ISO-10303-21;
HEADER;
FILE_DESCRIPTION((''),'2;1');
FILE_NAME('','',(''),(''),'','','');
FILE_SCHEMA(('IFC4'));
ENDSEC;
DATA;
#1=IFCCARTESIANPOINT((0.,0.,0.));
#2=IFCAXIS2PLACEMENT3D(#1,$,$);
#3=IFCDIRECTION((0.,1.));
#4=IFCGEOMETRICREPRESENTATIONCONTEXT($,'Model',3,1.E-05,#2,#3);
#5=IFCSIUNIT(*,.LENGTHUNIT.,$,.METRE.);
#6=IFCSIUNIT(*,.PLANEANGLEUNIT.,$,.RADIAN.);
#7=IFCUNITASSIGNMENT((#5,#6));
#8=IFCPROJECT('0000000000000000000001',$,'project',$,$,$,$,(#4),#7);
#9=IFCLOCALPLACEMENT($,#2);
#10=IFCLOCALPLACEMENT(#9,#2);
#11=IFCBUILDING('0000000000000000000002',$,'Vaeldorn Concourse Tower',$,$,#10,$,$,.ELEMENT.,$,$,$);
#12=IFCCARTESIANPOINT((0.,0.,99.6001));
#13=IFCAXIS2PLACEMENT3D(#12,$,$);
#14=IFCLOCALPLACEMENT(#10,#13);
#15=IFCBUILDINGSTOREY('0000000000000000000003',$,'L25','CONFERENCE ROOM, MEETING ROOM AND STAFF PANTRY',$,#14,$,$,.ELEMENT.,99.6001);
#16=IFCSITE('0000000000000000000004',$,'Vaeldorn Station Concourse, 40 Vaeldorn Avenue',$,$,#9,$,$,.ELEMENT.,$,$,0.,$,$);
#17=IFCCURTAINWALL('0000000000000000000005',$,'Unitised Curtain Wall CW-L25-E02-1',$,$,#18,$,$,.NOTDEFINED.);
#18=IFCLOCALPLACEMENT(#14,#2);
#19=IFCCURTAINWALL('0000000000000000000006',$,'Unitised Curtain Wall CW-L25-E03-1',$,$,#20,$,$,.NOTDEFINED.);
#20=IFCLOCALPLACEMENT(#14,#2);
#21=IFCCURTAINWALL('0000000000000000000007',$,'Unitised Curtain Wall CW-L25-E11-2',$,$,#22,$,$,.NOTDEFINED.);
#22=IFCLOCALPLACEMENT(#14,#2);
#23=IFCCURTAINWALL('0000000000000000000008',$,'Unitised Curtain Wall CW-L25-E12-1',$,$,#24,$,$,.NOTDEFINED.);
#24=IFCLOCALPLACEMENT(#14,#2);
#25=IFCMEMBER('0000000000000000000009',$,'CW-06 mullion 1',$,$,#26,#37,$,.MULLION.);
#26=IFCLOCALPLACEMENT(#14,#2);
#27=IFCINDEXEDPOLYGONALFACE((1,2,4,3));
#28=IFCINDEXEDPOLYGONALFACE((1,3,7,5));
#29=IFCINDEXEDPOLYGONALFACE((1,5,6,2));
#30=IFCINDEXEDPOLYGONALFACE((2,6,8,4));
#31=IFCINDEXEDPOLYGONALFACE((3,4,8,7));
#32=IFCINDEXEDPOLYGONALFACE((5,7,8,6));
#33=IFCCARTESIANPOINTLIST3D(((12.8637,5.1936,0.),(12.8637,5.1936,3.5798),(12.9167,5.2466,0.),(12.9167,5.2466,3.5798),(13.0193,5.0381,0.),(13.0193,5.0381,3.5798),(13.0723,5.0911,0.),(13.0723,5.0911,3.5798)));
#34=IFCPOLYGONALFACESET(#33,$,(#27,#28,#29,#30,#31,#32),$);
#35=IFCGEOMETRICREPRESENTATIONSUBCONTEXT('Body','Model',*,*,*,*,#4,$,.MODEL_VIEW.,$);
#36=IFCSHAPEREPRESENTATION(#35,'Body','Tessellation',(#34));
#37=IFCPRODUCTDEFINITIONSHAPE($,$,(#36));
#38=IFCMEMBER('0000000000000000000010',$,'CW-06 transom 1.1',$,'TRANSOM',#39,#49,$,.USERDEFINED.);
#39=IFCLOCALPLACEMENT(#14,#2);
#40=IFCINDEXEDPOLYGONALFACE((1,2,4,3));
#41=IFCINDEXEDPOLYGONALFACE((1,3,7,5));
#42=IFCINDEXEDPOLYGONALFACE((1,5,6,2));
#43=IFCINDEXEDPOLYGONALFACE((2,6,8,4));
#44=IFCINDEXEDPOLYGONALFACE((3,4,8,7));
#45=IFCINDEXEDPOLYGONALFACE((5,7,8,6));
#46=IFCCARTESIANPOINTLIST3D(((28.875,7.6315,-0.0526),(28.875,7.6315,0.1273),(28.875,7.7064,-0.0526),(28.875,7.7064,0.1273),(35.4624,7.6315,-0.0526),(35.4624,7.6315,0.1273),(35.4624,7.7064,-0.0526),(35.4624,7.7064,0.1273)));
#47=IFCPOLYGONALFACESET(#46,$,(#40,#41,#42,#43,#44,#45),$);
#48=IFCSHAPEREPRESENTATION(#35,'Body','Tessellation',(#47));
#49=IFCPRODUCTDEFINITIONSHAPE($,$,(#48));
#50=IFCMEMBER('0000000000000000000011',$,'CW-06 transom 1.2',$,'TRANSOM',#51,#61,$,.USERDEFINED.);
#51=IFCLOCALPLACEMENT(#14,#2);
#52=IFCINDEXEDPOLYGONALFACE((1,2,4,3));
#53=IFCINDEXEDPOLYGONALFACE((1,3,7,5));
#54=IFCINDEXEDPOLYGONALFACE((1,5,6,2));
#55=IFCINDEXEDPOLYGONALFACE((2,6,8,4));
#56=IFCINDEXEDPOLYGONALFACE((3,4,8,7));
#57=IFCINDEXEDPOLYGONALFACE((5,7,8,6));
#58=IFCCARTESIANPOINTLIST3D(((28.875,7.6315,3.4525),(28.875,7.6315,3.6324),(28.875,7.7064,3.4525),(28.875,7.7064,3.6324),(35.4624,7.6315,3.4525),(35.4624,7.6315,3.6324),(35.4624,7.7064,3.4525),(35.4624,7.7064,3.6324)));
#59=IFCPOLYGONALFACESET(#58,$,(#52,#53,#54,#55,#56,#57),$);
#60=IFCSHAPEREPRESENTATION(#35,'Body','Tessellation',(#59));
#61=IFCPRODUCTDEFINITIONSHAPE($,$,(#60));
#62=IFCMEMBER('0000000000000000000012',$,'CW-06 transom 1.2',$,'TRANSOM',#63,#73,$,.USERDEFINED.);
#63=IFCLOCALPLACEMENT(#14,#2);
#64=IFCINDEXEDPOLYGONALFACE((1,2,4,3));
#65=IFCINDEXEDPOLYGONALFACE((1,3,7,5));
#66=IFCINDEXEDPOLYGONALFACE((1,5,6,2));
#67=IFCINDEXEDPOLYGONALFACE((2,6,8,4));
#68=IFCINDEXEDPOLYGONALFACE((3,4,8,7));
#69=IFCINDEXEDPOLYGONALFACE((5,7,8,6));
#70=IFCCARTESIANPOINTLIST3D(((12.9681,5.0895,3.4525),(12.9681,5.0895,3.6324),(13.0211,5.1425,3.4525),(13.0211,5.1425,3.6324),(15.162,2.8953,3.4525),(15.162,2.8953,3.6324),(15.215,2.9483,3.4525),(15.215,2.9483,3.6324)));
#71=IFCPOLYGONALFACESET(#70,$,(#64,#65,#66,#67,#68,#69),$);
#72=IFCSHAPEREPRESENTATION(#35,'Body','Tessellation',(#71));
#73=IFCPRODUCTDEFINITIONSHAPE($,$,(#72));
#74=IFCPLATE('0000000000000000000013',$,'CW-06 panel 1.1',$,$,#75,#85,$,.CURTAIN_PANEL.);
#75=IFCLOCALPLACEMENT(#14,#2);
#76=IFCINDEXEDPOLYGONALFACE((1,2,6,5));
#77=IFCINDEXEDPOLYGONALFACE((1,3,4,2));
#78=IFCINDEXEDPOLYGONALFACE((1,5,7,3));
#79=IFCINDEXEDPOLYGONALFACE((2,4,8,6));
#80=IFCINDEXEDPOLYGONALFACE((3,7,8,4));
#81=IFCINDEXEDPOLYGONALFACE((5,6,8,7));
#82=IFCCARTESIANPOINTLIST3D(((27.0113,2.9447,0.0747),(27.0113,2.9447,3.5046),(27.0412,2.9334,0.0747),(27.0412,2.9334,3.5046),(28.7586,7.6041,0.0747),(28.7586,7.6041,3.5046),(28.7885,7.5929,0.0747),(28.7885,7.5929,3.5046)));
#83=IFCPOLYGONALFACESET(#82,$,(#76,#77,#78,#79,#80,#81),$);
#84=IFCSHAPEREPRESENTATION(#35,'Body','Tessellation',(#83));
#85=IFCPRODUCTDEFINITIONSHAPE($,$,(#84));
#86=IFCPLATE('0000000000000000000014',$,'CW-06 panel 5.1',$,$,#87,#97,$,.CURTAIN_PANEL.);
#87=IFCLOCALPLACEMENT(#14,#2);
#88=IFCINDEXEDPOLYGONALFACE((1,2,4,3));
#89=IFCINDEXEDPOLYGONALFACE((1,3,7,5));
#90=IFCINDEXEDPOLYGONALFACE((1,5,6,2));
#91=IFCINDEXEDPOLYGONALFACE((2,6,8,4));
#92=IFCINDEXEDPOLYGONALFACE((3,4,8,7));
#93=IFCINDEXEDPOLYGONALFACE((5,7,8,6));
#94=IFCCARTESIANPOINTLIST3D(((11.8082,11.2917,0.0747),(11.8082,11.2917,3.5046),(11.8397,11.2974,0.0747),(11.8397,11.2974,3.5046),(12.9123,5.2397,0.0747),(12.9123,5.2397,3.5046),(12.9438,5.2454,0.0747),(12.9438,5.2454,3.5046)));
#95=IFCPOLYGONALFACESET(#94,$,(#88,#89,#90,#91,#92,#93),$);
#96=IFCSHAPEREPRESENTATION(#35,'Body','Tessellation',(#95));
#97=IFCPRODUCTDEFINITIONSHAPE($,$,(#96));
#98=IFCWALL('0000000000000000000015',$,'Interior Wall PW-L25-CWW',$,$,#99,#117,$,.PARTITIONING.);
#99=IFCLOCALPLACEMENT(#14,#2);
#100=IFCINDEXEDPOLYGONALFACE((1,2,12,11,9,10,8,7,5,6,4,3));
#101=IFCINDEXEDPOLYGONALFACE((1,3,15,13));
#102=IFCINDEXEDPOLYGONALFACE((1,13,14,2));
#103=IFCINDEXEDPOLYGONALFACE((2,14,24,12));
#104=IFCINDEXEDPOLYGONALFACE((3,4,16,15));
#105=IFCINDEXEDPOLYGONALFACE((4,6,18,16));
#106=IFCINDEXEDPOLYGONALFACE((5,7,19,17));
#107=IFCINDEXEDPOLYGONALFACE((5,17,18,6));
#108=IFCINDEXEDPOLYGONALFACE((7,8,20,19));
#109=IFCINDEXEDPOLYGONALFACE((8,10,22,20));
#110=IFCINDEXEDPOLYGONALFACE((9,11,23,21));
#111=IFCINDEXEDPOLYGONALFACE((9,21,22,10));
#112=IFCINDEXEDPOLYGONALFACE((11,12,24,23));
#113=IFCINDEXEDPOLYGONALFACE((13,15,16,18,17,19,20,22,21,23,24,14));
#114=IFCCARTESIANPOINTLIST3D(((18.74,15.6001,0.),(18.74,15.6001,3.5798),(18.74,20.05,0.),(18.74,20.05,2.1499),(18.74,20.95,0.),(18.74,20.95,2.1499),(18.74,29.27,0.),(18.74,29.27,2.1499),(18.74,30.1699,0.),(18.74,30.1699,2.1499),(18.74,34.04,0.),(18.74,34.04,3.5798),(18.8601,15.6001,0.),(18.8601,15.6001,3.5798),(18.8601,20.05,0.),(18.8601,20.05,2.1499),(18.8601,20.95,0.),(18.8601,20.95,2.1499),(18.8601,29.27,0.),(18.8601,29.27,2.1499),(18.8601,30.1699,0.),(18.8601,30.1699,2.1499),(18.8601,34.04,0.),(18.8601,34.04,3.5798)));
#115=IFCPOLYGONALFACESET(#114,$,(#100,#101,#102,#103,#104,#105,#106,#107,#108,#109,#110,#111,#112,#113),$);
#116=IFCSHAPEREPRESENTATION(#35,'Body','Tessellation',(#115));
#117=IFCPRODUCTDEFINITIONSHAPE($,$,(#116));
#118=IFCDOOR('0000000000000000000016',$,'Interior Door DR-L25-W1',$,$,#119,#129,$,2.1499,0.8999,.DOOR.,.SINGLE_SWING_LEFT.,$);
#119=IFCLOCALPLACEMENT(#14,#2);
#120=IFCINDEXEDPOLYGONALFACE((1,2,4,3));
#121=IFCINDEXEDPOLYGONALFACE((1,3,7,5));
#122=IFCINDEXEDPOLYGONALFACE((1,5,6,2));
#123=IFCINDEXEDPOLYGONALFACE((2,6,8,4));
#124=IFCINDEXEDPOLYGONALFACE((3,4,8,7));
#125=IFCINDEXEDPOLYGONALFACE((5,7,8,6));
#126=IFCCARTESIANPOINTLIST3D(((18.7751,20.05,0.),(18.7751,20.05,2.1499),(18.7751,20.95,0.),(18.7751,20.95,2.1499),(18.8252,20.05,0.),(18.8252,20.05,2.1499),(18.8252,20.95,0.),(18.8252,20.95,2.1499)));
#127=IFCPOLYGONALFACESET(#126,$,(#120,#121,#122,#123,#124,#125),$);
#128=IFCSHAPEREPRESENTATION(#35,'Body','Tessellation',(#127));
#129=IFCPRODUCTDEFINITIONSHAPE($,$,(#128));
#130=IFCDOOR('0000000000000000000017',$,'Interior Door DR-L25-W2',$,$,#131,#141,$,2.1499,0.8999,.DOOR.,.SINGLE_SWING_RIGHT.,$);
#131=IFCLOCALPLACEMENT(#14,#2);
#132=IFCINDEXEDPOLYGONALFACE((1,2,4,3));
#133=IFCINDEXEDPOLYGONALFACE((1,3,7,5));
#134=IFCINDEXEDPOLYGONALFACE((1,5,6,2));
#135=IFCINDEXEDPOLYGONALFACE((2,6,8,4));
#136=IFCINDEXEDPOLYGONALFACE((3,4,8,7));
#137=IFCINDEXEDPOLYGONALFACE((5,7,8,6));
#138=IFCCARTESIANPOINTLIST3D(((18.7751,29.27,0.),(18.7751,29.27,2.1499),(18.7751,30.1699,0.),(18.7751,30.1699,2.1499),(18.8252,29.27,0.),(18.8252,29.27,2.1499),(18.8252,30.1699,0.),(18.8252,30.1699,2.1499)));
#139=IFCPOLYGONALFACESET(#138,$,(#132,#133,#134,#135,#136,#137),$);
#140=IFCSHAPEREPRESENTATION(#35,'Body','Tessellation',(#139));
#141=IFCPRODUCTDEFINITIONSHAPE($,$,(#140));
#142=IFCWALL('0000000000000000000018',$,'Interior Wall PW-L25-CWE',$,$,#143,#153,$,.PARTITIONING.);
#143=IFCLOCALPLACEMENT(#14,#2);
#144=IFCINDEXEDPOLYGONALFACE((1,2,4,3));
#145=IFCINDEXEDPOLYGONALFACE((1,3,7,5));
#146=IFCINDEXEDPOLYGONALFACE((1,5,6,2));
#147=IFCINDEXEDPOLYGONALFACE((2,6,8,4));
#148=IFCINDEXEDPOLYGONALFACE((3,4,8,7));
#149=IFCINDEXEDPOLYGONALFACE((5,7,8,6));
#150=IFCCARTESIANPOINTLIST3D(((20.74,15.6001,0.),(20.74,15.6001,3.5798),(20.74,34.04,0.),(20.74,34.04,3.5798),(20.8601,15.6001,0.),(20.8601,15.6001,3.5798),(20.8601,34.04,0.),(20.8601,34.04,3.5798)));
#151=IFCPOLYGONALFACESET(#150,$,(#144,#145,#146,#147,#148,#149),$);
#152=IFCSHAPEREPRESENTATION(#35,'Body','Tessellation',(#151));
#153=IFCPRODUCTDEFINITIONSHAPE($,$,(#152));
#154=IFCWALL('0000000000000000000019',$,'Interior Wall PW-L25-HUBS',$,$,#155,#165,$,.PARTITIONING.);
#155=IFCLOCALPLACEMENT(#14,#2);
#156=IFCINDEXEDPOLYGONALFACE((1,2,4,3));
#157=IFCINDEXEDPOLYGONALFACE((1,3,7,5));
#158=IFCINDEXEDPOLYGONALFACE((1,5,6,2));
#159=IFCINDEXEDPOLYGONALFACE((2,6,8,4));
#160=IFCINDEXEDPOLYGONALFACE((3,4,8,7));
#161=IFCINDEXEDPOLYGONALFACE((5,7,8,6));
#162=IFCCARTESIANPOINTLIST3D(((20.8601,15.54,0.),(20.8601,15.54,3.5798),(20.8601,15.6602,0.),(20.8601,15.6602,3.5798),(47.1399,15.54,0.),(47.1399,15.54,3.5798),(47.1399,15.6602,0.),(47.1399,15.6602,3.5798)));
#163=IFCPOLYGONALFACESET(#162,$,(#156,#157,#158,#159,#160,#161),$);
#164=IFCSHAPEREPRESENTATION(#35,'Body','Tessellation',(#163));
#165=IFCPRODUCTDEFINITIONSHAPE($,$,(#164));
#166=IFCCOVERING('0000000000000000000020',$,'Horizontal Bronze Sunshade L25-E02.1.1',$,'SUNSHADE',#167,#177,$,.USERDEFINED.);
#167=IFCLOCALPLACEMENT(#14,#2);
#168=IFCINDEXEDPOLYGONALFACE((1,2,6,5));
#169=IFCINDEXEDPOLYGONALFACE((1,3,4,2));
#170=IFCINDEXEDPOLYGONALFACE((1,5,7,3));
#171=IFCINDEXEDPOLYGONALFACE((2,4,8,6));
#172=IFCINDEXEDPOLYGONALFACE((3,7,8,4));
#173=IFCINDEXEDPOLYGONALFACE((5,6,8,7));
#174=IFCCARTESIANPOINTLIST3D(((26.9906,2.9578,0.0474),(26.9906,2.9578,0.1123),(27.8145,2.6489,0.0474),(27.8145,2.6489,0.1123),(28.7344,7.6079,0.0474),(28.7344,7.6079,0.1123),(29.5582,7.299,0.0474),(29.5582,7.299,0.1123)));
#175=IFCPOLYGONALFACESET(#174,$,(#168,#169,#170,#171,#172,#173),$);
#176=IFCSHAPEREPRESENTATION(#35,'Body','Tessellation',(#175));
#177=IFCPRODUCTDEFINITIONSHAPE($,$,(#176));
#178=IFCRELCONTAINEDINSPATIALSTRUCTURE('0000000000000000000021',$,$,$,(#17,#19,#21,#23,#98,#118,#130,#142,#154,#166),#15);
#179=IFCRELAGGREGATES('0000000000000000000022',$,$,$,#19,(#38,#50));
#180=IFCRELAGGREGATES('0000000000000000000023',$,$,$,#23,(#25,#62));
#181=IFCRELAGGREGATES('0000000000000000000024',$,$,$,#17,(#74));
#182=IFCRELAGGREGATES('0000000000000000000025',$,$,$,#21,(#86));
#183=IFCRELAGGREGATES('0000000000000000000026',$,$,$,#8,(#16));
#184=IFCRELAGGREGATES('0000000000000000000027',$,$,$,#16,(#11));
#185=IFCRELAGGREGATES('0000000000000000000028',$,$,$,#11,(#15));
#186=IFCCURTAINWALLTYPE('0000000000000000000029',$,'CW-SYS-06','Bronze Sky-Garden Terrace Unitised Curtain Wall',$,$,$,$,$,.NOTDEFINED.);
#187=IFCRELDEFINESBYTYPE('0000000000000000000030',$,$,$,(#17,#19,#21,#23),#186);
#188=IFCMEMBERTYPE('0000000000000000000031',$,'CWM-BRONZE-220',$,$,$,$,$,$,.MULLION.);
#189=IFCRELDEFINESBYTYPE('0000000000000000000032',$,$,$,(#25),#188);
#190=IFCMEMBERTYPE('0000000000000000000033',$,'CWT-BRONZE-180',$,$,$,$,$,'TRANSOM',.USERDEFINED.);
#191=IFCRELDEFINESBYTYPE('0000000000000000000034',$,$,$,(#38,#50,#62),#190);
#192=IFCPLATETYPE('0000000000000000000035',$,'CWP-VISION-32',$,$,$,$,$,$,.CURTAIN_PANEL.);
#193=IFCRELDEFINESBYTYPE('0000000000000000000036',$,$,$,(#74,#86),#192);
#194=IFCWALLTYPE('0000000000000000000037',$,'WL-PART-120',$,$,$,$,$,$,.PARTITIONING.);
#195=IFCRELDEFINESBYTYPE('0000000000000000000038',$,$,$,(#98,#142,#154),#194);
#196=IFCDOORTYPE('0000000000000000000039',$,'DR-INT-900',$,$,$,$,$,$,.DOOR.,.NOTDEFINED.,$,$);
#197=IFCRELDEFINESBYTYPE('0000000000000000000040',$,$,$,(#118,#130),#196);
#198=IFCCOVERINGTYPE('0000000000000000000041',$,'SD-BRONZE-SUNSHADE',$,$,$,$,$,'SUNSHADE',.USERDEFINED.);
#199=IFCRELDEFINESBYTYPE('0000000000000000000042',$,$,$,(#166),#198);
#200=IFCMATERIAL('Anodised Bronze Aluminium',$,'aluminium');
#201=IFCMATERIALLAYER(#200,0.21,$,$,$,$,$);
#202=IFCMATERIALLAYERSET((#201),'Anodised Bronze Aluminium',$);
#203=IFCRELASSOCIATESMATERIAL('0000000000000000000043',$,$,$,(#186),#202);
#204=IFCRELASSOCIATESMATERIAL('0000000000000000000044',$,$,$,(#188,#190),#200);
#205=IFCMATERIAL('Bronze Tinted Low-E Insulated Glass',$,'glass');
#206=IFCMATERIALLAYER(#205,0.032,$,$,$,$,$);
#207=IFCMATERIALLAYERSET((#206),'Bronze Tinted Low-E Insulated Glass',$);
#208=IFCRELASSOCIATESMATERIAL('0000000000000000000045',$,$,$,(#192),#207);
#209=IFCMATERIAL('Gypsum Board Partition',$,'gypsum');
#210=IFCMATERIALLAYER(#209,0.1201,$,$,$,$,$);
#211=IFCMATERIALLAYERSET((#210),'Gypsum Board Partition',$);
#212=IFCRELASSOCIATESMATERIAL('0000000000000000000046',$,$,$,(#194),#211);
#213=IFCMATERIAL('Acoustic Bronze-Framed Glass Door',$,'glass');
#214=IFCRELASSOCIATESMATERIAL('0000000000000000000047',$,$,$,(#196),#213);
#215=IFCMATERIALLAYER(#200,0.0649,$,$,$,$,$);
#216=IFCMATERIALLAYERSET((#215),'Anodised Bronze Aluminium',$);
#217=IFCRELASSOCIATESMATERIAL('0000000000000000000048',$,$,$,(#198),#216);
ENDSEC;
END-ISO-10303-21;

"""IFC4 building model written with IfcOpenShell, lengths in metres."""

from ifc_helpers import new_model, si_unit, direction, frame, frame_2d, origin, origin_2d, place, context, subcontext, project, spatial, rectangle, extrude, source, transform, mapped, material, layer, layer_set, material_profile, profile_set, type_object, element, fill, aggregate, save


model = new_model("IFC4")

# Units and contexts
model_context = context("Model", 3, precision=1e-05, world=origin(), true_north=direction((0.0, 1.0)))
body_context = subcontext(model_context, "Body", "Model", "MODEL_VIEW")
ifc_project = project(units=[si_unit("LENGTHUNIT", "METRE"), si_unit("PLANEANGLEUNIT", "RADIAN")], contexts=[model_context])

# Site, building, storey
site_placement = place(None, origin())
site = spatial("IfcSite", under=ifc_project, at=site_placement, Name="Vaeldorn Station Concourse, 40 Vaeldorn Avenue", CompositionType="ELEMENT", RefElevation=0.0)
building_placement = place(site_placement, origin())
building = spatial("IfcBuilding", under=site, at=building_placement, Name="Vaeldorn Concourse Tower", CompositionType="ELEMENT")
storey_placement = place(building_placement, frame((0.0, 0.0, 99.6001)))
storey = spatial("IfcBuildingStorey", under=building, at=storey_placement, Name="L25", Description="CONFERENCE ROOM, MEETING ROOM AND STAFF PANTRY", CompositionType="ELEMENT", Elevation=99.6001)

# Curtain walls, member
ifc_material_1 = material(Name="Anodised Bronze Aluminium", Category="aluminium")
ifc_layer_1 = layer(ifc_material_1, 0.21)
ifc_layer_set_1 = layer_set([ifc_layer_1], Name="Anodised Bronze Aluminium")
curtain_wall_type = type_object("IfcCurtainWallType", Name="CW-SYS-06", Description="Bronze Sky-Garden Terrace Unitised Curtain Wall", PredefinedType="NOTDEFINED", material=ifc_layer_set_1)
curtain_wall_1_placement = place(storey_placement, origin())
curtain_wall_1 = element("IfcCurtainWall", 1, at=curtain_wall_1_placement, inside=storey, type_object=curtain_wall_type, Name="Unitised Curtain Wall CW-L25-E02-1", PredefinedType="NOTDEFINED")
ifc_material_profile_1 = material_profile(ifc_material_1, rectangle(XDim=0.075, YDim=0.22, at=origin_2d()), Name="CWM 75x220")
ifc_profile_set_1 = profile_set([ifc_material_profile_1], Name="Anodised Bronze Aluminium")
member_type_1 = type_object("IfcMemberType", Name="CWM-BRONZE-220", PredefinedType="MULLION", material=ifc_profile_set_1)
shared_shape_1 = source(origin(), body_context, "Body", "SweptSolid", [
    extrude(rectangle(XDim=0.075, YDim=0.22, at=origin_2d()), origin(), (0.0, 0.0, 1.0), 3.5798),
])
curtain_wall_2_placement = place(storey_placement, origin())
curtain_wall_2 = element("IfcCurtainWall", 2, at=curtain_wall_2_placement, inside=storey, type_object=curtain_wall_type, Name="Unitised Curtain Wall CW-L25-E03-1", PredefinedType="NOTDEFINED")
curtain_wall_3_placement = place(storey_placement, origin())
curtain_wall_3 = element("IfcCurtainWall", 3, at=curtain_wall_3_placement, inside=storey, type_object=curtain_wall_type, Name="Unitised Curtain Wall CW-L25-E11-2", PredefinedType="NOTDEFINED")
curtain_wall_4_placement = place(storey_placement, origin())
curtain_wall_4 = element("IfcCurtainWall", 4, at=curtain_wall_4_placement, inside=storey, type_object=curtain_wall_type, Name="Unitised Curtain Wall CW-L25-E12-1", PredefinedType="NOTDEFINED")
member_1_placement = place(storey_placement, frame((12.968, 5.1423, 0.0), z_axis=(0.0, 0.0, 1.0), x_axis=(0.707107, 0.707107, 0.0)))
member_1 = element("IfcMember", 5, at=member_1_placement, type_object=member_type_1, Name="CW-06 mullion 1", PredefinedType="MULLION", context=body_context, shape_type="MappedRepresentation", body=[
    mapped(shared_shape_1, transform((0.0, 0.0, 0.0), scale=1.0)),
])

# Members
ifc_material_profile_2 = material_profile(ifc_material_1, rectangle(XDim=0.075, YDim=0.1799, at=origin_2d()), Name="CWT 75x180")
ifc_profile_set_2 = profile_set([ifc_material_profile_2], Name="Anodised Bronze Aluminium")
member_type_2 = type_object("IfcMemberType", Name="CWT-BRONZE-180", ElementType="TRANSOM", PredefinedType="USERDEFINED", material=ifc_profile_set_2)
shared_shape_2 = source(origin(), body_context, "Body", "SweptSolid", [
    extrude(rectangle(XDim=0.075, YDim=0.1799, at=origin_2d()), origin(), (0.0, 0.0, 1.0), 6.5874),
])
member_2_placement = place(storey_placement, frame((28.875, 7.6689, 0.0374), z_axis=(1.0, 0.0, 0.0), x_axis=(0.0, 1.0, 0.0)))
member_2 = element("IfcMember", 6, at=member_2_placement, type_object=member_type_2, Name="CW-06 transom 1.1", ObjectType="TRANSOM", PredefinedType="USERDEFINED", context=body_context, shape_type="MappedRepresentation", body=[
    mapped(shared_shape_2, transform((0.0, 0.0, 0.0), scale=1.0)),
])
member_3_placement = place(storey_placement, frame((28.875, 7.6689, 3.5425), z_axis=(1.0, 0.0, 0.0), x_axis=(0.0, 1.0, 0.0)))
member_3 = element("IfcMember", 7, at=member_3_placement, type_object=member_type_2, Name="CW-06 transom 1.2", ObjectType="TRANSOM", PredefinedType="USERDEFINED", context=body_context, shape_type="MappedRepresentation", body=[
    mapped(shared_shape_2, transform((0.0, 0.0, 0.0), scale=1.0)),
])
aggregate(curtain_wall_2, [member_2, member_3])
shared_shape_3 = source(origin(), body_context, "Body", "SweptSolid", [
    extrude(rectangle(XDim=0.075, YDim=0.1799, at=origin_2d()), origin(), (0.0, 0.0, 1.0), 3.1028),
])
member_4_placement = place(storey_placement, frame((12.9946, 5.116, 3.5425), z_axis=(0.707067, -0.707146, 0.0), x_axis=(0.707146, 0.707067, 0.0)))
member_4 = element("IfcMember", 8, at=member_4_placement, type_object=member_type_2, Name="CW-06 transom 1.2", ObjectType="TRANSOM", PredefinedType="USERDEFINED", context=body_context, shape_type="MappedRepresentation", body=[
    mapped(shared_shape_3, transform((0.0, 0.0, 0.0), scale=1.0)),
])
aggregate(curtain_wall_4, [member_1, member_4])

# Plates
ifc_material_2 = material(Name="Bronze Tinted Low-E Insulated Glass", Category="glass")
ifc_layer_2 = layer(ifc_material_2, 0.032)
ifc_layer_set_2 = layer_set([ifc_layer_2], Name="Bronze Tinted Low-E Insulated Glass")
plate_type = type_object("IfcPlateType", Name="CWP-VISION-32", PredefinedType="CURTAIN_PANEL", material=ifc_layer_set_2)
shared_shape_4 = source(origin(), body_context, "Body", "SweptSolid", [
    extrude(rectangle(XDim=4.9763, YDim=0.032, at=origin_2d()), origin(), (0.0, 0.0, 1.0), 3.4299),
])
plate_1_placement = place(storey_placement, frame((27.8999, 5.2688, 0.0747), z_axis=(0.0, 0.0, 1.0), x_axis=(0.351123, 0.936329, 0.0)))
plate_1 = element("IfcPlate", 9, at=plate_1_placement, type_object=plate_type, Name="CW-06 panel 1.1", PredefinedType="CURTAIN_PANEL", context=body_context, shape_type="MappedRepresentation", body=[
    mapped(shared_shape_4, transform((0.0, 0.0, 0.0), scale=1.0)),
])
aggregate(curtain_wall_1, [plate_1])
shared_shape_5 = source(origin(), body_context, "Body", "SweptSolid", [
    extrude(rectangle(XDim=6.1519, YDim=0.032, at=origin_2d()), origin(), (0.0, 0.0, 1.0), 3.4299),
])
plate_2_placement = place(storey_placement, frame((12.376, 8.2686, 0.0747), z_axis=(0.0, 0.0, 1.0), x_axis=(0.179473, -0.983763, 0.0)))
plate_2 = element("IfcPlate", 10, at=plate_2_placement, type_object=plate_type, Name="CW-06 panel 5.1", PredefinedType="CURTAIN_PANEL", context=body_context, shape_type="MappedRepresentation", body=[
    mapped(shared_shape_5, transform((0.0, 0.0, 0.0), scale=1.0)),
])
aggregate(curtain_wall_3, [plate_2])

# Wall, openings, doors
ifc_material_3 = material(Name="Gypsum Board Partition", Category="gypsum")
ifc_layer_3 = layer(ifc_material_3, 0.1201)
ifc_layer_set_3 = layer_set([ifc_layer_3], Name="Gypsum Board Partition")
wall_type = type_object("IfcWallType", Name="WL-PART-120", PredefinedType="PARTITIONING", material=ifc_layer_set_3)
wall_1_placement = place(storey_placement, frame((18.8, 15.6001, 0.0), z_axis=(0.0, 0.0, 1.0), x_axis=(0.0, 1.0, 0.0)))
wall_1 = element("IfcWall", 11, at=wall_1_placement, inside=storey, type_object=wall_type, Name="Interior Wall PW-L25-CWW", PredefinedType="PARTITIONING", context=body_context, shape_type="SweptSolid", body=[
    extrude(rectangle(XDim=18.4399, YDim=0.1201, at=frame_2d((9.22, 0.0))), origin(), (0.0, 0.0, 1.0), 3.5798),
])
opening_1_placement = place(wall_1_placement, frame((4.45, 0.0, 0.0)))
opening_1 = element("IfcOpeningElement", 12, at=opening_1_placement, cuts=wall_1, PredefinedType="OPENING", context=body_context, shape_type="SweptSolid", body=[
    extrude(rectangle(XDim=0.8999, YDim=2.1499, at=frame_2d((0.45, 1.075))), frame((0.0, 0.0701, 0.0), z_axis=(0.0, -1.0, 0.0), x_axis=(1.0, 0.0, 0.0)), (0.0, 0.0, 1.0), 0.1401),
])
opening_2_placement = place(wall_1_placement, frame((13.6699, 0.0, 0.0)))
opening_2 = element("IfcOpeningElement", 13, at=opening_2_placement, cuts=wall_1, PredefinedType="OPENING", context=body_context, shape_type="SweptSolid", body=[
    extrude(rectangle(XDim=0.8999, YDim=2.1499, at=frame_2d((0.45, 1.075))), frame((0.0, 0.0701, 0.0), z_axis=(0.0, -1.0, 0.0), x_axis=(1.0, 0.0, 0.0)), (0.0, 0.0, 1.0), 0.1401),
])
ifc_material_4 = material(Name="Acoustic Bronze-Framed Glass Door", Category="glass")
door_type = type_object("IfcDoorType", Name="DR-INT-900", OperationType="NOTDEFINED", PredefinedType="DOOR", material=ifc_material_4)
shared_shape_6 = source(origin(), body_context, "Body", "SweptSolid", [
    extrude(rectangle(XDim=0.8999, YDim=2.1499, at=frame_2d((0.45, 1.075))), frame((0.0, 0.0249, 0.0), z_axis=(0.0, -1.0, 0.0), x_axis=(1.0, 0.0, 0.0)), (0.0, 0.0, 1.0), 0.05),
])
door_1_placement = place(opening_1_placement, origin())
door_1 = element("IfcDoor", 14, at=door_1_placement, inside=storey, type_object=door_type, Name="Interior Door DR-L25-W1", OperationType="SINGLE_SWING_LEFT", OverallHeight=2.1499, OverallWidth=0.8999, PredefinedType="DOOR", context=body_context, shape_type="MappedRepresentation", body=[
    mapped(shared_shape_6, transform((0.0, 0.0, 0.0), scale=1.0)),
])
fill(opening_1, door_1)
door_2_placement = place(opening_2_placement, origin())
door_2 = element("IfcDoor", 15, at=door_2_placement, inside=storey, type_object=door_type, Name="Interior Door DR-L25-W2", OperationType="SINGLE_SWING_RIGHT", OverallHeight=2.1499, OverallWidth=0.8999, PredefinedType="DOOR", context=body_context, shape_type="MappedRepresentation", body=[
    mapped(shared_shape_6, transform((0.0, 0.0, 0.0), scale=1.0)),
])
fill(opening_2, door_2)

# Wall
wall_2_placement = place(storey_placement, frame((20.8, 15.6001, 0.0), z_axis=(0.0, 0.0, 1.0), x_axis=(0.0, 1.0, 0.0)))
element("IfcWall", 16, at=wall_2_placement, inside=storey, type_object=wall_type, Name="Interior Wall PW-L25-CWE", PredefinedType="PARTITIONING", context=body_context, shape_type="SweptSolid", body=[
    extrude(rectangle(XDim=18.4399, YDim=0.1201, at=frame_2d((9.22, 0.0))), origin(), (0.0, 0.0, 1.0), 3.5798),
])

# Wall
wall_3_placement = place(storey_placement, frame((20.8601, 15.6001, 0.0), z_axis=(0.0, 0.0, 1.0), x_axis=(1.0, 0.0, 0.0)))
element("IfcWall", 17, at=wall_3_placement, inside=storey, type_object=wall_type, Name="Interior Wall PW-L25-HUBS", PredefinedType="PARTITIONING", context=body_context, shape_type="SweptSolid", body=[
    extrude(rectangle(XDim=26.2798, YDim=0.1201, at=frame_2d((13.1399, 0.0))), origin(), (0.0, 0.0, 1.0), 3.5798),
])

# Covering
ifc_layer_4 = layer(ifc_material_1, 0.0649)
ifc_layer_set_4 = layer_set([ifc_layer_4], Name="Anodised Bronze Aluminium")
covering_type = type_object("IfcCoveringType", Name="SD-BRONZE-SUNSHADE", ElementType="SUNSHADE", PredefinedType="USERDEFINED", material=ifc_layer_set_4)
shared_shape_7 = source(origin(), body_context, "Body", "SweptSolid", [
    extrude(rectangle(XDim=4.9663, YDim=0.8799, at=origin_2d()), origin(), (0.0, 0.0, 1.0), 0.0649),
])
for number, where, z_axis, x_axis, name in (
    (18, (28.2744, 5.1284, 0.0474), (0.0, 0.0, 1.0), (0.351123, 0.936329, 0.0), "Horizontal Bronze Sunshade L25-E02.1.1"),
):
    element("IfcCovering", number, at=place(storey_placement, frame(where, z_axis=z_axis, x_axis=x_axis)), inside=storey, type_object=covering_type, Name=name, ObjectType="SUNSHADE", PredefinedType="USERDEFINED", context=body_context, shape_type="MappedRepresentation", body=[
        mapped(shared_shape_7, transform((0.0, 0.0, 0.0), scale=1.0)),
    ])

save(model, "model.ifc")
